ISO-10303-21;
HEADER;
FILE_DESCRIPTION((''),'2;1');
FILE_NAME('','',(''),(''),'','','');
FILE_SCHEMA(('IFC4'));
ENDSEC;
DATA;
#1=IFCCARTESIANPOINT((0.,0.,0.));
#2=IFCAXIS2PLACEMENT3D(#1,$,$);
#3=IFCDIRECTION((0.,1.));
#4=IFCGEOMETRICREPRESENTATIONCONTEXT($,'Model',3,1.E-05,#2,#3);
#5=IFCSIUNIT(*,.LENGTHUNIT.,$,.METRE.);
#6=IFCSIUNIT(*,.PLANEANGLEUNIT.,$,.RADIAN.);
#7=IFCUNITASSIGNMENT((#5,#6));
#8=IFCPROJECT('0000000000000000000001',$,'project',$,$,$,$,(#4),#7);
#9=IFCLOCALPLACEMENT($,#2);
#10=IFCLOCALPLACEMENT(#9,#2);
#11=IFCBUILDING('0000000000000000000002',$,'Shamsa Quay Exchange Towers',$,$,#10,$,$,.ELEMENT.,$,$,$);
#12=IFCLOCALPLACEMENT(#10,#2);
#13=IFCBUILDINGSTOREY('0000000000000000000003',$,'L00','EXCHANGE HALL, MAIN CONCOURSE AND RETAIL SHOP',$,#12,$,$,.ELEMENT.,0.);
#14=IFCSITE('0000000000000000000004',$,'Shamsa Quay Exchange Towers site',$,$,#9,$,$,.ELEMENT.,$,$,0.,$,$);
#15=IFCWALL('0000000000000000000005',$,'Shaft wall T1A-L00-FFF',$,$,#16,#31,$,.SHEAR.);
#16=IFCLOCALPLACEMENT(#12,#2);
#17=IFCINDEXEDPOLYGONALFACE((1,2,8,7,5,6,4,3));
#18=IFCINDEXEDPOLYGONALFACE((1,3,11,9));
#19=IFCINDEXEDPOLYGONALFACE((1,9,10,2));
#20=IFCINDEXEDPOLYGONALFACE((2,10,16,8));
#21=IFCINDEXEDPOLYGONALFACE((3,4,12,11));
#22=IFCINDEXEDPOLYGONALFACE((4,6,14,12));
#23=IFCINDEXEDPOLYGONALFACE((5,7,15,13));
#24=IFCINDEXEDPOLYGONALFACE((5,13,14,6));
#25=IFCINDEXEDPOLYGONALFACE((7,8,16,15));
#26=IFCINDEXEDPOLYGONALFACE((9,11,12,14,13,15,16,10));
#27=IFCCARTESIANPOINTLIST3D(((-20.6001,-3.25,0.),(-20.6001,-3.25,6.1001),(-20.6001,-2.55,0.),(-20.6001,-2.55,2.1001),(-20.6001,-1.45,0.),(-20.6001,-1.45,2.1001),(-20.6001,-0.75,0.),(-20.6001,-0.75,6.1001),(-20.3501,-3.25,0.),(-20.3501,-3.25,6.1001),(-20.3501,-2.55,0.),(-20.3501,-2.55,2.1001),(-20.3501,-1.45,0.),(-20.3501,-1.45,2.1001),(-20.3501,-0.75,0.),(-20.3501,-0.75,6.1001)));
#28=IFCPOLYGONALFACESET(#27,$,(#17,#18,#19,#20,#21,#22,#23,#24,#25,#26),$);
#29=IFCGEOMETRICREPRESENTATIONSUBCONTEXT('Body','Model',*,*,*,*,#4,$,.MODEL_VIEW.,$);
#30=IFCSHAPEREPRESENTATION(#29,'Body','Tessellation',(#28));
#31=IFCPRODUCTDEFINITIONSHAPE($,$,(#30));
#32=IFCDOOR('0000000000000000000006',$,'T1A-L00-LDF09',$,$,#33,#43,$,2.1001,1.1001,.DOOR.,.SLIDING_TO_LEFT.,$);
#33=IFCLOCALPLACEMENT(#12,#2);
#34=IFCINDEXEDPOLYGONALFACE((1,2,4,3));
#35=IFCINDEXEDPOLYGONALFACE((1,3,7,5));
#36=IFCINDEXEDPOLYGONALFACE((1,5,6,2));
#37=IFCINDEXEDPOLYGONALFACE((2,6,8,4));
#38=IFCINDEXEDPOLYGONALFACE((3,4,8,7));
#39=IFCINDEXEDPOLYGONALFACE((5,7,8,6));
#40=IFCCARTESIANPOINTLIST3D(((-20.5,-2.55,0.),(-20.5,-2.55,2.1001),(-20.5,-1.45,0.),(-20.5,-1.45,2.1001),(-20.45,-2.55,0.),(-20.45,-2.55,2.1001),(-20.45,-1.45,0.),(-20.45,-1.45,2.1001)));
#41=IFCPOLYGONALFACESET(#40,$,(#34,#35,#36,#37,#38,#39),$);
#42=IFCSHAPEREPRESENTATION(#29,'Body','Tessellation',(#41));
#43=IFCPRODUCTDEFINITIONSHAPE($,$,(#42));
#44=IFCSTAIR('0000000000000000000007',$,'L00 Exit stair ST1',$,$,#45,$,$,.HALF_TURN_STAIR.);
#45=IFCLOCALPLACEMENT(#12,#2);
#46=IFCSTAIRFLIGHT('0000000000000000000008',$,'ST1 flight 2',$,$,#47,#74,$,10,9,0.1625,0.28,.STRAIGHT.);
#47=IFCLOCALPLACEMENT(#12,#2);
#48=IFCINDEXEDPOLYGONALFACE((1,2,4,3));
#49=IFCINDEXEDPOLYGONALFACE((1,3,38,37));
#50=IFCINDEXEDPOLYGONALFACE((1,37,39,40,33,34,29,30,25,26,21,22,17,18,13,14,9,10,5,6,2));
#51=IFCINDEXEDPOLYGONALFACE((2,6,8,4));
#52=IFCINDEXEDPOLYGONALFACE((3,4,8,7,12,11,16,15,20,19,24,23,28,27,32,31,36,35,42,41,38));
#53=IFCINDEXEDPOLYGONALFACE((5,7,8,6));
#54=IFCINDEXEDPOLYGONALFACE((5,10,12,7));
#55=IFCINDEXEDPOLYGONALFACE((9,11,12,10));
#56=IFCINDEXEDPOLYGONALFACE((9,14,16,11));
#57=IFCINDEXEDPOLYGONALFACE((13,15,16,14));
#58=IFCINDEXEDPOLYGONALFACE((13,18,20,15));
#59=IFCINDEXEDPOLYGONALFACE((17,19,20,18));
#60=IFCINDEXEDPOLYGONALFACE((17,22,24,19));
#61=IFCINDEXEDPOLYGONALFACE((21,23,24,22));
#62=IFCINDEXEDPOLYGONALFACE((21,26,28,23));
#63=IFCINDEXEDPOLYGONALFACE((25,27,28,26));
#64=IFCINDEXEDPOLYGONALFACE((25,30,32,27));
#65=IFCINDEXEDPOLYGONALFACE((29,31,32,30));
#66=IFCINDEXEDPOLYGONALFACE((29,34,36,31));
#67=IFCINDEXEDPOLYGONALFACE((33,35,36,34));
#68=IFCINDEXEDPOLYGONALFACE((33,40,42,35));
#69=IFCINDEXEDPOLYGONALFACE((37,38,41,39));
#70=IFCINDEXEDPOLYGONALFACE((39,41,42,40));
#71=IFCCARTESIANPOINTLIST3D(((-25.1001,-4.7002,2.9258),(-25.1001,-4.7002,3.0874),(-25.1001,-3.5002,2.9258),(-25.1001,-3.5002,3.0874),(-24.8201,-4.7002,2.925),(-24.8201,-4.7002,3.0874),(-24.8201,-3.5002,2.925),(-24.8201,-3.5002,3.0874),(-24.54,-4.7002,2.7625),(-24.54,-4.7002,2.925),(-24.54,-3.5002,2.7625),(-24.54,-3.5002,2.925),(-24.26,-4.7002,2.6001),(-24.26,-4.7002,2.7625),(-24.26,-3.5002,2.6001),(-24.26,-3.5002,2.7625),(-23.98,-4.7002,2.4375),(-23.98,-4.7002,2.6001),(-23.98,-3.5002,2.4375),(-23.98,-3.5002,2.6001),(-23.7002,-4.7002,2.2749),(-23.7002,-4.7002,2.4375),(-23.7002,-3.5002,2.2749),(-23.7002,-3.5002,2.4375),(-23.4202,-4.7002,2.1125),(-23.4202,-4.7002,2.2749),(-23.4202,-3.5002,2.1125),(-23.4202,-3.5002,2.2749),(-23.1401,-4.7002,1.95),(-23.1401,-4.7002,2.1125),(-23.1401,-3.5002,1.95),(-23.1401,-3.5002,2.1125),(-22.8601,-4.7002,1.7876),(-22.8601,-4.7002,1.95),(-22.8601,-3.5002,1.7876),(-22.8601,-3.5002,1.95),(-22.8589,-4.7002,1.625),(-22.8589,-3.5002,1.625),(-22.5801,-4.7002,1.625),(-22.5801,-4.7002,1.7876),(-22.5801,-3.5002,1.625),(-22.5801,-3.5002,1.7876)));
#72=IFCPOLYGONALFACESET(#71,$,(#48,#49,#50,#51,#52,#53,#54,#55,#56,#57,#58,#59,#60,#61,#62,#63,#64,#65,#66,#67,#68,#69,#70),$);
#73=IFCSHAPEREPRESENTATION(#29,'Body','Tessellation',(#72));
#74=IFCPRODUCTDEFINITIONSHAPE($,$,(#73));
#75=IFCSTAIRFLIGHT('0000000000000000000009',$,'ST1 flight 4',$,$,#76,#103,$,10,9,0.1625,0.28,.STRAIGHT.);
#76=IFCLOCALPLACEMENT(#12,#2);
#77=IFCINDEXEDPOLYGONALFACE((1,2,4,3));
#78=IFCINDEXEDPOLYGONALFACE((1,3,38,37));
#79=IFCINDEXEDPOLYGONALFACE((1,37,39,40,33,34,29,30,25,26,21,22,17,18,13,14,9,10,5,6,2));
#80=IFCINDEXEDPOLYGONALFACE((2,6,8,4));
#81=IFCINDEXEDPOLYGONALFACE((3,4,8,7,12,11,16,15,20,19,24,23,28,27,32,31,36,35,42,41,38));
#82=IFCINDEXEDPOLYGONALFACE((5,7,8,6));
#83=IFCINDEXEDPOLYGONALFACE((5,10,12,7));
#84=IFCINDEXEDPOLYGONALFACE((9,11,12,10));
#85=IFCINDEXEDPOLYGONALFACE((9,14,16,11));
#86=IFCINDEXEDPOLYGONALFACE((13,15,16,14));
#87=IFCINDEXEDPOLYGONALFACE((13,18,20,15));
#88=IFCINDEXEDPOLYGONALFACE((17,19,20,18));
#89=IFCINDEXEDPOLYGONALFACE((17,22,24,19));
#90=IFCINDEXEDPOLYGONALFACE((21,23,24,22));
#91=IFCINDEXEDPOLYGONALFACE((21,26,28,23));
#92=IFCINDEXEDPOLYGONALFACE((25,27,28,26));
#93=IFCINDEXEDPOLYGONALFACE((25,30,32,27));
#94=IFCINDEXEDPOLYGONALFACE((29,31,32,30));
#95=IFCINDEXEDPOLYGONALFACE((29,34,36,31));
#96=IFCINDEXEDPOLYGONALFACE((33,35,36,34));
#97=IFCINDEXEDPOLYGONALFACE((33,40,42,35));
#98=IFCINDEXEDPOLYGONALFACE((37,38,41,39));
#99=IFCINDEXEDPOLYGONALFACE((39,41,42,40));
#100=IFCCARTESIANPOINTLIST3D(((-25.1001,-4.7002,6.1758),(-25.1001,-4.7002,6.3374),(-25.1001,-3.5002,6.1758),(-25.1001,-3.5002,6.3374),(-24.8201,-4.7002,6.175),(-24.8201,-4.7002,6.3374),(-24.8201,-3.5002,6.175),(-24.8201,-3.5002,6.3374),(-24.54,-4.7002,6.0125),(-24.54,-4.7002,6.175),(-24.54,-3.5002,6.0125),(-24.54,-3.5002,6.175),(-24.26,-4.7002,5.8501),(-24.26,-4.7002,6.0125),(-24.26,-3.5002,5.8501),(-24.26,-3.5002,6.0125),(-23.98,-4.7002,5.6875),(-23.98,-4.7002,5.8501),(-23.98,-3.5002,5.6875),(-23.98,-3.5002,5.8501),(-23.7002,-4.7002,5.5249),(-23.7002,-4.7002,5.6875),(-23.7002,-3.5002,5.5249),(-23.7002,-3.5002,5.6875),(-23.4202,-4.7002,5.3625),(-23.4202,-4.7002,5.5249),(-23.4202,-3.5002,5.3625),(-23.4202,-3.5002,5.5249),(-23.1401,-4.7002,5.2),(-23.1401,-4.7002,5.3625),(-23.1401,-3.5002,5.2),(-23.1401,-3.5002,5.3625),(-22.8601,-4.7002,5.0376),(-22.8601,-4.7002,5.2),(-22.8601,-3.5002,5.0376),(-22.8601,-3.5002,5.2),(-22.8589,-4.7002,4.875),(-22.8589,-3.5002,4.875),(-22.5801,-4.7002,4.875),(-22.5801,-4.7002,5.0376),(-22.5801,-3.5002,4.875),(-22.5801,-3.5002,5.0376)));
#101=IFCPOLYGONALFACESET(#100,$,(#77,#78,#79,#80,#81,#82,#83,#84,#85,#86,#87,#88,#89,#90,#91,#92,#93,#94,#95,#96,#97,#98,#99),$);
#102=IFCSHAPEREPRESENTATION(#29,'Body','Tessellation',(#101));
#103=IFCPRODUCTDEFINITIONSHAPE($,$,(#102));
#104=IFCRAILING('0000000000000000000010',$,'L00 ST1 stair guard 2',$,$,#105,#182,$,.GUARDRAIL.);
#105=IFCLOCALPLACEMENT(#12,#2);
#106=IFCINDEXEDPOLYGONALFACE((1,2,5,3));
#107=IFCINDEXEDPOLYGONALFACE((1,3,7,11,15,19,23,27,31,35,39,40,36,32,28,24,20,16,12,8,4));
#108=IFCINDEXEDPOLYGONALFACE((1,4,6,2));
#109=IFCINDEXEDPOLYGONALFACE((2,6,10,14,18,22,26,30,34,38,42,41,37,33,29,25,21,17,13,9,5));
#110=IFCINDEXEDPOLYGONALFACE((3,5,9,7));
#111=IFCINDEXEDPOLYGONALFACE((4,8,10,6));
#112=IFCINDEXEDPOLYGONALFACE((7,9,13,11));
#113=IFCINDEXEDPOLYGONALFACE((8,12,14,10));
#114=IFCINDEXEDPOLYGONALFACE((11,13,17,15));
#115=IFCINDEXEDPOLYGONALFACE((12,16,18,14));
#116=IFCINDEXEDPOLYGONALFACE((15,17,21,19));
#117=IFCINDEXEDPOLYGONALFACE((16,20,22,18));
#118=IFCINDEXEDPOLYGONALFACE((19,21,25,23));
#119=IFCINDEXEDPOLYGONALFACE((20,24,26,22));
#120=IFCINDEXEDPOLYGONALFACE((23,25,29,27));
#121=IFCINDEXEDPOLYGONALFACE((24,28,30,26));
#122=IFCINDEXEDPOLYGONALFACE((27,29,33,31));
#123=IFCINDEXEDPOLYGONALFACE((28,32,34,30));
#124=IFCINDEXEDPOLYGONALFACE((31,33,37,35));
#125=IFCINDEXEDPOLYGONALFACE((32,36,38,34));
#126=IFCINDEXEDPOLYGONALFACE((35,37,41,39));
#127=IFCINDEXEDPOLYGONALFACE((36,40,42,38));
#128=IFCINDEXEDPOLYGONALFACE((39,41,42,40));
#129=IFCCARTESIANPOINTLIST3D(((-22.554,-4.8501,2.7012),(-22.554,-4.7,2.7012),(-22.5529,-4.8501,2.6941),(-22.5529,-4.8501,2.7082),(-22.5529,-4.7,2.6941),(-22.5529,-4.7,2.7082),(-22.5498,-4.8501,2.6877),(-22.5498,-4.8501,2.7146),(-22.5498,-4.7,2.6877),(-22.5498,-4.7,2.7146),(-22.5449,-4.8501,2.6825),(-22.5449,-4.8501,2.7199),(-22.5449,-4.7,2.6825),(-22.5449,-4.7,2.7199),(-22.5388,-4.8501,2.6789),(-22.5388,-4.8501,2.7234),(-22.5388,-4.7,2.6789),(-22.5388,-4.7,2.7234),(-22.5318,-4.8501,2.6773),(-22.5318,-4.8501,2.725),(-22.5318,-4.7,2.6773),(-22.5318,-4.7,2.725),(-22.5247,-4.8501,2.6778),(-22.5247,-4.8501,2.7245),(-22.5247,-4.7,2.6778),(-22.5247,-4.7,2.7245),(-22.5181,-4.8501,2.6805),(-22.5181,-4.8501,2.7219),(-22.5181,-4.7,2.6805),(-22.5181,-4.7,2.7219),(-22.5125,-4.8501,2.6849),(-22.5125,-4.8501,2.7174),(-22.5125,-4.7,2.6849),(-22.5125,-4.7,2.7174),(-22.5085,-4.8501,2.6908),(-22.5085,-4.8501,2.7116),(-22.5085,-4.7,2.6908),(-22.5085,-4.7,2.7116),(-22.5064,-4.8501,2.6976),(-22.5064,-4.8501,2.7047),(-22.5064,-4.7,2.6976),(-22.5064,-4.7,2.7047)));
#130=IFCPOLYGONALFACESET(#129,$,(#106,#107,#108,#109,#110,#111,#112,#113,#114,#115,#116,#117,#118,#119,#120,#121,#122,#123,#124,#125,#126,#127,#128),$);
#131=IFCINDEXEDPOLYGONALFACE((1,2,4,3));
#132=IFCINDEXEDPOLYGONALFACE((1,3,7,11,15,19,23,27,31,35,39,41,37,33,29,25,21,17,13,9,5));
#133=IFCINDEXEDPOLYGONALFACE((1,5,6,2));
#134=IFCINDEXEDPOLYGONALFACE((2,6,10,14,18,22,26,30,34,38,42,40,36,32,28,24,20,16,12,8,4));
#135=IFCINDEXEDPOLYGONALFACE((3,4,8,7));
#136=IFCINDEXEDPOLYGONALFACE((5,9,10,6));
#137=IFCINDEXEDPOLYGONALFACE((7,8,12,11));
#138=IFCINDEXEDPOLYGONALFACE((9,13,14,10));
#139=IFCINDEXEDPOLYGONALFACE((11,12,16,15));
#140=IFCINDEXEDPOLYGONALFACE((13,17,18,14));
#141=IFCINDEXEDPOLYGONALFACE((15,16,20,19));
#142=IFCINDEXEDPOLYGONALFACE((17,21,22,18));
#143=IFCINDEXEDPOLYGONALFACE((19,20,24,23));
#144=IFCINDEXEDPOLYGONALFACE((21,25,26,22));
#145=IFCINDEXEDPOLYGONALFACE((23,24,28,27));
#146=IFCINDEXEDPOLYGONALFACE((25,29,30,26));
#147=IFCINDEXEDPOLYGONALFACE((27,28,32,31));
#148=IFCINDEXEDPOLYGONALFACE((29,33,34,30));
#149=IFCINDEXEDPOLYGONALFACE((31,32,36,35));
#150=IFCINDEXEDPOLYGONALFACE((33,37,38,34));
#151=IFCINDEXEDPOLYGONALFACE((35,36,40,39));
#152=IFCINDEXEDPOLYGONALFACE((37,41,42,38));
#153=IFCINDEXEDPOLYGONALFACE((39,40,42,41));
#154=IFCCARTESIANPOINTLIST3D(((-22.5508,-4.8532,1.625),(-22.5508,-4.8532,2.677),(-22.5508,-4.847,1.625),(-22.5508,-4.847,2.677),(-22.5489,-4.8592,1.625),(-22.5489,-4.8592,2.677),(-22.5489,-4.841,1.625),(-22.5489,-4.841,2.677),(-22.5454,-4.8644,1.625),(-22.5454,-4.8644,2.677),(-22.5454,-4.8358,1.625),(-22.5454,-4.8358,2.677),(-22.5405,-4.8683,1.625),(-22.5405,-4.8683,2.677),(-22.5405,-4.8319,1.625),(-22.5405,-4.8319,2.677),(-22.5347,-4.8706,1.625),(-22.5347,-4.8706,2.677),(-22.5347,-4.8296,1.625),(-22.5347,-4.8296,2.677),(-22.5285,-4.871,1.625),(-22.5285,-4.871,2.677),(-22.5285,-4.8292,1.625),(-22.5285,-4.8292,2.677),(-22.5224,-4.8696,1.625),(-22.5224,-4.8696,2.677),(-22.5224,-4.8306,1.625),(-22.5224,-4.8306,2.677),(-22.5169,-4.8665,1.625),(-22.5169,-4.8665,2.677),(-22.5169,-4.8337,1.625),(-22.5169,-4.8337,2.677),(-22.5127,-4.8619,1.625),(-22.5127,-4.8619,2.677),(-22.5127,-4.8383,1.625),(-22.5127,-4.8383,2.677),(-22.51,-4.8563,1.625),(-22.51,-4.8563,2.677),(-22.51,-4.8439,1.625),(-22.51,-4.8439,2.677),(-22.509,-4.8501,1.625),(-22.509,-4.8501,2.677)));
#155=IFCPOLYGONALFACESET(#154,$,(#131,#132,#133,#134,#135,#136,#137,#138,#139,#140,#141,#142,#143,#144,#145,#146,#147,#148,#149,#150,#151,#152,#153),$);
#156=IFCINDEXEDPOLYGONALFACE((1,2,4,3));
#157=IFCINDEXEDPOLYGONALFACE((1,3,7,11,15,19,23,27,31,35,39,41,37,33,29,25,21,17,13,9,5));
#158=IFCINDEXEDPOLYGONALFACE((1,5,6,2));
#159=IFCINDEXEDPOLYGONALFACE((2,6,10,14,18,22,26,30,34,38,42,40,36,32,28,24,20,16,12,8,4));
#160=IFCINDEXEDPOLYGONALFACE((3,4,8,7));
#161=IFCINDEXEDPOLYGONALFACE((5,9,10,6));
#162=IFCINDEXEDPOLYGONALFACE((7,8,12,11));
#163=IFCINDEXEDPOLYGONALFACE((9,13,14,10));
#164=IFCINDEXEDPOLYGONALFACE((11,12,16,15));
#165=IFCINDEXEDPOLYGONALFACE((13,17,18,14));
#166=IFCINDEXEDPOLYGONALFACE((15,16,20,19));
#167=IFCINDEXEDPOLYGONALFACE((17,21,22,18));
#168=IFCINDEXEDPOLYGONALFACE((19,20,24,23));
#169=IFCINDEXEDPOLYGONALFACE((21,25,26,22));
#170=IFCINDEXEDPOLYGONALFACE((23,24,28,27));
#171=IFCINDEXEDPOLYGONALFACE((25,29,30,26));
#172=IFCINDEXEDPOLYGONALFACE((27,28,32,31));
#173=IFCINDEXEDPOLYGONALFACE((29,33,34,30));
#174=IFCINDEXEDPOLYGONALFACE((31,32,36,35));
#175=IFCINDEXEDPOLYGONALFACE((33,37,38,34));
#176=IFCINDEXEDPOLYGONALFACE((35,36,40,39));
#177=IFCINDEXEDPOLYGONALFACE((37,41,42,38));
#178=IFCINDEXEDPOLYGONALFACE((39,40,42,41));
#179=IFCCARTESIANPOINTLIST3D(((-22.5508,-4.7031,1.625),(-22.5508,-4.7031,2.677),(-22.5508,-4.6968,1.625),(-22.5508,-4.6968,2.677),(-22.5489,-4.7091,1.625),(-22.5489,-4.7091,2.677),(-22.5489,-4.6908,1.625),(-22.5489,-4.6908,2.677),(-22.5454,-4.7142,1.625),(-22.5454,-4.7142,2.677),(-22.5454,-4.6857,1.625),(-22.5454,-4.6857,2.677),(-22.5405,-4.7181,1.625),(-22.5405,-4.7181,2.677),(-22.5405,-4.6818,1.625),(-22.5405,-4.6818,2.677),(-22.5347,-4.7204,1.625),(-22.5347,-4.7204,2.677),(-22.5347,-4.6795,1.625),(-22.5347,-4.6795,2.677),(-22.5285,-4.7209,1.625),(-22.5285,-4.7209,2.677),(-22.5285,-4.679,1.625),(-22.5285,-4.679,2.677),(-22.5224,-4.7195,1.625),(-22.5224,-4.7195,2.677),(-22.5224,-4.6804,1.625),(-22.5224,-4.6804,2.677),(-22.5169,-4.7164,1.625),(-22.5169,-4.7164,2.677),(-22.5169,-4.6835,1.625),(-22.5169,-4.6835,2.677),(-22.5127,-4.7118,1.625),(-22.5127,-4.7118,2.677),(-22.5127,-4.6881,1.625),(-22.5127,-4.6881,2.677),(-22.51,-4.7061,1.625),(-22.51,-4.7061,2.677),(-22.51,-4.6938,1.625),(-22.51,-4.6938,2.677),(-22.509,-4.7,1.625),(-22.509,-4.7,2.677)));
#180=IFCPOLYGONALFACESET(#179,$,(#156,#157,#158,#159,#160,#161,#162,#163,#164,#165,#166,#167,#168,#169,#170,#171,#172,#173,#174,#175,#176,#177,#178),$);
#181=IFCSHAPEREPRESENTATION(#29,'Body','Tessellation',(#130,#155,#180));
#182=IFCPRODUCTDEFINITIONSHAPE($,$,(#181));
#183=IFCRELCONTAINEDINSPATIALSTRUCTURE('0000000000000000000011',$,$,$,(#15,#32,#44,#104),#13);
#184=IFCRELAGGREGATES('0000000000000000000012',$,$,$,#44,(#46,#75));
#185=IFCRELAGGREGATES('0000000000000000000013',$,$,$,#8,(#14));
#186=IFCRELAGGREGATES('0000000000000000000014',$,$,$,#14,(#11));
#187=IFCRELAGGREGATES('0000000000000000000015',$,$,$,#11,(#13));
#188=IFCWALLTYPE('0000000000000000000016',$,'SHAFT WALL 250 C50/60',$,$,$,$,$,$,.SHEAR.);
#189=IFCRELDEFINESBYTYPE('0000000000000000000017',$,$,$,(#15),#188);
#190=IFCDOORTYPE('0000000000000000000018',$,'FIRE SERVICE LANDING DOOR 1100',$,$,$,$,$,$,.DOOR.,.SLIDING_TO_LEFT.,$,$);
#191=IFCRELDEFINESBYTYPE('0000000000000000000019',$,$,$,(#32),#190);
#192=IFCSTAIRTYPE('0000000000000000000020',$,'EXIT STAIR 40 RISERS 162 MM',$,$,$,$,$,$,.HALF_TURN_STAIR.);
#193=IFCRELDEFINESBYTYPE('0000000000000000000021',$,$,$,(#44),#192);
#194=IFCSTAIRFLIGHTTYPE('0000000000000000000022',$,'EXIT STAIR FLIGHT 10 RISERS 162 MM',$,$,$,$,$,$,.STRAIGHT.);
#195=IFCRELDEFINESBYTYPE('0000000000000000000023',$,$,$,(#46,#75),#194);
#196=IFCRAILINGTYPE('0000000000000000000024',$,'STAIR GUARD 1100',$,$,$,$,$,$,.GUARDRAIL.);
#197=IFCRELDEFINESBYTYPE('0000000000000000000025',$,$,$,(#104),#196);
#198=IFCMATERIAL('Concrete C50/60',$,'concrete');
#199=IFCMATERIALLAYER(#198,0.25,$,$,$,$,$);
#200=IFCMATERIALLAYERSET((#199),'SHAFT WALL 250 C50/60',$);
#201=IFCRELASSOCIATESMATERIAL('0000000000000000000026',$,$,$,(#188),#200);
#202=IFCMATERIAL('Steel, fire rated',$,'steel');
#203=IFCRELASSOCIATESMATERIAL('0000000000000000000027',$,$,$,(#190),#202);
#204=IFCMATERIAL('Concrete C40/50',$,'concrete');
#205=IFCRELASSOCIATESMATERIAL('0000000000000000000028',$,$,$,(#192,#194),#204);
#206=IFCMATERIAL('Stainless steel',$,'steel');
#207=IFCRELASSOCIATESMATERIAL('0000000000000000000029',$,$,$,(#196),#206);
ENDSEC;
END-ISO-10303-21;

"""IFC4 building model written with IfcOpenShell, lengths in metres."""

from ifc_helpers import new_model, si_unit, direction, frame, frame_2d, origin, origin_2d, place, context, subcontext, project, spatial, polyline, rectangle, circle, outline, extrude, material, layer, layer_set, type_object, element, fill, aggregate, save


model = new_model("IFC4")

# Units and contexts
model_context = context("Model", 3, precision=1e-05, world=origin(), true_north=direction((0.0, 1.0)))
body_context = subcontext(model_context, "Body", "Model", "MODEL_VIEW")
ifc_project = project(units=[si_unit("LENGTHUNIT", "METRE"), si_unit("PLANEANGLEUNIT", "RADIAN")], contexts=[model_context])

# Site, building, storey
site_placement = place(None, origin())
site = spatial("IfcSite", under=ifc_project, at=site_placement, Name="Shamsa Quay Exchange Towers site", CompositionType="ELEMENT", RefElevation=0.0)
building_placement = place(site_placement, origin())
building = spatial("IfcBuilding", under=site, at=building_placement, Name="Shamsa Quay Exchange Towers", CompositionType="ELEMENT")
storey_placement = place(building_placement, origin())
storey = spatial("IfcBuildingStorey", under=building, at=storey_placement, Name="L00", Description="EXCHANGE HALL, MAIN CONCOURSE AND RETAIL SHOP", CompositionType="ELEMENT", Elevation=0.0)

# Shared definitions
ifc_material_1 = material(Name="Concrete C40/50", Category="concrete")

# Shared definitions
ifc_material_2 = material(Name="Concrete C50/60", Category="concrete")
ifc_layer = layer(ifc_material_2, 0.25)
ifc_layer_set = layer_set([ifc_layer], Name="SHAFT WALL 250 C50/60")
wall_type = type_object("IfcWallType", Name="SHAFT WALL 250 C50/60", PredefinedType="SHEAR", material=ifc_layer_set)

# Wall, opening, door
wall_1_placement = place(storey_placement, frame((-20.4751, -3.25, 0.0), z_axis=(0.0, 0.0, 1.0), x_axis=(0.0, 1.0, 0.0)))
wall_1 = element("IfcWall", 1, at=wall_1_placement, inside=storey, type_object=wall_type, Name="Shaft wall T1A-L00-FFF", PredefinedType="SHEAR", context=body_context, shape_type="SweptSolid", body=[
    extrude(rectangle(XDim=2.5, YDim=0.25, at=frame_2d((1.25, 0.0))), origin(), (0.0, 0.0, 1.0), 6.1001),
])
opening_placement = place(wall_1_placement, frame((0.7, 0.0, 0.0)))
opening = element("IfcOpeningElement", 2, at=opening_placement, cuts=wall_1, PredefinedType="OPENING", context=body_context, shape_type="SweptSolid", body=[
    extrude(rectangle(XDim=1.1001, YDim=2.1001, at=frame_2d((0.55, 1.05))), frame((0.0, 0.135, 0.0), z_axis=(0.0, -1.0, 0.0), x_axis=(1.0, 0.0, 0.0)), (0.0, 0.0, 1.0), 0.27),
])
ifc_material_3 = material(Name="Steel, fire rated", Category="steel")
door_type = type_object("IfcDoorType", Name="FIRE SERVICE LANDING DOOR 1100", OperationType="SLIDING_TO_LEFT", PredefinedType="DOOR", material=ifc_material_3)
door_placement = place(opening_placement, origin())
door = element("IfcDoor", 3, at=door_placement, inside=storey, type_object=door_type, Name="T1A-L00-LDF09", OperationType="SLIDING_TO_LEFT", OverallHeight=2.1001, OverallWidth=1.1001, PredefinedType="DOOR", context=body_context, shape_type="SweptSolid", body=[
    extrude(rectangle(XDim=1.1001, YDim=2.1001, at=frame_2d((0.55, 1.05))), frame((0.0, 0.0249, 0.0), z_axis=(0.0, -1.0, 0.0), x_axis=(1.0, 0.0, 0.0)), (0.0, 0.0, 1.0), 0.05),
])
fill(opening, door)

# Stair, stair flights
stair_type = type_object("IfcStairType", Name="EXIT STAIR 40 RISERS 162 MM", PredefinedType="HALF_TURN_STAIR", material=ifc_material_1)
stair_placement = place(storey_placement, origin())
stair = element("IfcStair", 4, at=stair_placement, inside=storey, type_object=stair_type, Name="L00 Exit stair ST1", PredefinedType="HALF_TURN_STAIR")
stair_flight_type = type_object("IfcStairFlightType", Name="EXIT STAIR FLIGHT 10 RISERS 162 MM", PredefinedType="STRAIGHT", material=ifc_material_1)
stair_flight_1_placement = place(storey_placement, frame((-22.5801, -4.1001, 1.625), z_axis=(0.0, 0.0, 1.0), x_axis=(-1.0, 0.0, 0.0)))
stair_flight_1 = element("IfcStairFlight", 5, at=stair_flight_1_placement, type_object=stair_flight_type, Name="ST1 flight 2", NumberOfRisers=10, NumberOfTreads=9, PredefinedType="STRAIGHT", RiserHeight=0.1625, TreadLength=0.28, context=body_context, shape_type="SweptSolid", body=[
    extrude(outline(polyline([(0.0, 0.0), (0.0, 0.1626), (0.28, 0.1626), (0.28, 0.325), (0.5601, 0.325), (0.5601, 0.4875), (0.8401, 0.4875), (0.8401, 0.6499), (1.1201, 0.6499), (1.1201, 0.8125), (1.3999, 0.8125), (1.3999, 0.9751), (1.6799, 0.9751), (1.6799, 1.1375), (1.96, 1.1375), (1.96, 1.3), (2.24, 1.3), (2.24, 1.4624), (2.52, 1.4624), (2.52, 1.625), (2.52, 1.3008), (0.2788, 0.0), (0.0, 0.0)])), frame((0.0, 0.6001, 0.0), z_axis=(0.0, -1.0, 0.0), x_axis=(1.0, 0.0, 0.0)), (0.0, 0.0, 1.0), 1.2),
])
stair_flight_2_placement = place(storey_placement, frame((-22.5801, -4.1001, 4.875), z_axis=(0.0, 0.0, 1.0), x_axis=(-1.0, 0.0, 0.0)))
stair_flight_2 = element("IfcStairFlight", 6, at=stair_flight_2_placement, type_object=stair_flight_type, Name="ST1 flight 4", NumberOfRisers=10, NumberOfTreads=9, PredefinedType="STRAIGHT", RiserHeight=0.1625, TreadLength=0.28, context=body_context, shape_type="SweptSolid", body=[
    extrude(outline(polyline([(0.0, 0.0), (0.0, 0.1626), (0.28, 0.1626), (0.28, 0.325), (0.5601, 0.325), (0.5601, 0.4875), (0.8401, 0.4875), (0.8401, 0.6499), (1.1201, 0.6499), (1.1201, 0.8125), (1.3999, 0.8125), (1.3999, 0.9751), (1.6799, 0.9751), (1.6799, 1.1375), (1.96, 1.1375), (1.96, 1.3), (2.24, 1.3), (2.24, 1.4624), (2.52, 1.4624), (2.52, 1.625), (2.52, 1.3008), (0.2788, 0.0), (0.0, 0.0)])), frame((0.0, 0.6001, 0.0), z_axis=(0.0, -1.0, 0.0), x_axis=(1.0, 0.0, 0.0)), (0.0, 0.0, 1.0), 1.2),
])
aggregate(stair, [stair_flight_1, stair_flight_2])

# Railing
ifc_material_4 = material(Name="Stainless steel", Category="steel")
railing_type_1 = type_object("IfcRailingType", Name="STAIR GUARD 1100", PredefinedType="GUARDRAIL", material=ifc_material_4)
railing_1_placement = place(storey_placement, frame((-22.53, -4.8501, 1.625)))
element("IfcRailing", 7, at=railing_1_placement, inside=storey, type_object=railing_type_1, Name="L00 ST1 stair guard 2", PredefinedType="GUARDRAIL", context=body_context, shape_type="SweptSolid", body=[
    extrude(circle(Radius=0.0239, at=origin_2d()), frame((0.0, 0.0, 1.0762), z_axis=(0.0, 1.0, 0.0), x_axis=(-1.0, 0.0, 0.0)), (0.0, 0.0, 1.0), 0.1501),
    extrude(circle(Radius=0.021, at=origin_2d()), origin(), (0.0, 0.0, 1.0), 1.052),
    extrude(circle(Radius=0.021, at=origin_2d()), frame((0.0, 0.1501, 0.0)), (0.0, 0.0, 1.0), 1.052),
])

save(model, "model.ifc")
